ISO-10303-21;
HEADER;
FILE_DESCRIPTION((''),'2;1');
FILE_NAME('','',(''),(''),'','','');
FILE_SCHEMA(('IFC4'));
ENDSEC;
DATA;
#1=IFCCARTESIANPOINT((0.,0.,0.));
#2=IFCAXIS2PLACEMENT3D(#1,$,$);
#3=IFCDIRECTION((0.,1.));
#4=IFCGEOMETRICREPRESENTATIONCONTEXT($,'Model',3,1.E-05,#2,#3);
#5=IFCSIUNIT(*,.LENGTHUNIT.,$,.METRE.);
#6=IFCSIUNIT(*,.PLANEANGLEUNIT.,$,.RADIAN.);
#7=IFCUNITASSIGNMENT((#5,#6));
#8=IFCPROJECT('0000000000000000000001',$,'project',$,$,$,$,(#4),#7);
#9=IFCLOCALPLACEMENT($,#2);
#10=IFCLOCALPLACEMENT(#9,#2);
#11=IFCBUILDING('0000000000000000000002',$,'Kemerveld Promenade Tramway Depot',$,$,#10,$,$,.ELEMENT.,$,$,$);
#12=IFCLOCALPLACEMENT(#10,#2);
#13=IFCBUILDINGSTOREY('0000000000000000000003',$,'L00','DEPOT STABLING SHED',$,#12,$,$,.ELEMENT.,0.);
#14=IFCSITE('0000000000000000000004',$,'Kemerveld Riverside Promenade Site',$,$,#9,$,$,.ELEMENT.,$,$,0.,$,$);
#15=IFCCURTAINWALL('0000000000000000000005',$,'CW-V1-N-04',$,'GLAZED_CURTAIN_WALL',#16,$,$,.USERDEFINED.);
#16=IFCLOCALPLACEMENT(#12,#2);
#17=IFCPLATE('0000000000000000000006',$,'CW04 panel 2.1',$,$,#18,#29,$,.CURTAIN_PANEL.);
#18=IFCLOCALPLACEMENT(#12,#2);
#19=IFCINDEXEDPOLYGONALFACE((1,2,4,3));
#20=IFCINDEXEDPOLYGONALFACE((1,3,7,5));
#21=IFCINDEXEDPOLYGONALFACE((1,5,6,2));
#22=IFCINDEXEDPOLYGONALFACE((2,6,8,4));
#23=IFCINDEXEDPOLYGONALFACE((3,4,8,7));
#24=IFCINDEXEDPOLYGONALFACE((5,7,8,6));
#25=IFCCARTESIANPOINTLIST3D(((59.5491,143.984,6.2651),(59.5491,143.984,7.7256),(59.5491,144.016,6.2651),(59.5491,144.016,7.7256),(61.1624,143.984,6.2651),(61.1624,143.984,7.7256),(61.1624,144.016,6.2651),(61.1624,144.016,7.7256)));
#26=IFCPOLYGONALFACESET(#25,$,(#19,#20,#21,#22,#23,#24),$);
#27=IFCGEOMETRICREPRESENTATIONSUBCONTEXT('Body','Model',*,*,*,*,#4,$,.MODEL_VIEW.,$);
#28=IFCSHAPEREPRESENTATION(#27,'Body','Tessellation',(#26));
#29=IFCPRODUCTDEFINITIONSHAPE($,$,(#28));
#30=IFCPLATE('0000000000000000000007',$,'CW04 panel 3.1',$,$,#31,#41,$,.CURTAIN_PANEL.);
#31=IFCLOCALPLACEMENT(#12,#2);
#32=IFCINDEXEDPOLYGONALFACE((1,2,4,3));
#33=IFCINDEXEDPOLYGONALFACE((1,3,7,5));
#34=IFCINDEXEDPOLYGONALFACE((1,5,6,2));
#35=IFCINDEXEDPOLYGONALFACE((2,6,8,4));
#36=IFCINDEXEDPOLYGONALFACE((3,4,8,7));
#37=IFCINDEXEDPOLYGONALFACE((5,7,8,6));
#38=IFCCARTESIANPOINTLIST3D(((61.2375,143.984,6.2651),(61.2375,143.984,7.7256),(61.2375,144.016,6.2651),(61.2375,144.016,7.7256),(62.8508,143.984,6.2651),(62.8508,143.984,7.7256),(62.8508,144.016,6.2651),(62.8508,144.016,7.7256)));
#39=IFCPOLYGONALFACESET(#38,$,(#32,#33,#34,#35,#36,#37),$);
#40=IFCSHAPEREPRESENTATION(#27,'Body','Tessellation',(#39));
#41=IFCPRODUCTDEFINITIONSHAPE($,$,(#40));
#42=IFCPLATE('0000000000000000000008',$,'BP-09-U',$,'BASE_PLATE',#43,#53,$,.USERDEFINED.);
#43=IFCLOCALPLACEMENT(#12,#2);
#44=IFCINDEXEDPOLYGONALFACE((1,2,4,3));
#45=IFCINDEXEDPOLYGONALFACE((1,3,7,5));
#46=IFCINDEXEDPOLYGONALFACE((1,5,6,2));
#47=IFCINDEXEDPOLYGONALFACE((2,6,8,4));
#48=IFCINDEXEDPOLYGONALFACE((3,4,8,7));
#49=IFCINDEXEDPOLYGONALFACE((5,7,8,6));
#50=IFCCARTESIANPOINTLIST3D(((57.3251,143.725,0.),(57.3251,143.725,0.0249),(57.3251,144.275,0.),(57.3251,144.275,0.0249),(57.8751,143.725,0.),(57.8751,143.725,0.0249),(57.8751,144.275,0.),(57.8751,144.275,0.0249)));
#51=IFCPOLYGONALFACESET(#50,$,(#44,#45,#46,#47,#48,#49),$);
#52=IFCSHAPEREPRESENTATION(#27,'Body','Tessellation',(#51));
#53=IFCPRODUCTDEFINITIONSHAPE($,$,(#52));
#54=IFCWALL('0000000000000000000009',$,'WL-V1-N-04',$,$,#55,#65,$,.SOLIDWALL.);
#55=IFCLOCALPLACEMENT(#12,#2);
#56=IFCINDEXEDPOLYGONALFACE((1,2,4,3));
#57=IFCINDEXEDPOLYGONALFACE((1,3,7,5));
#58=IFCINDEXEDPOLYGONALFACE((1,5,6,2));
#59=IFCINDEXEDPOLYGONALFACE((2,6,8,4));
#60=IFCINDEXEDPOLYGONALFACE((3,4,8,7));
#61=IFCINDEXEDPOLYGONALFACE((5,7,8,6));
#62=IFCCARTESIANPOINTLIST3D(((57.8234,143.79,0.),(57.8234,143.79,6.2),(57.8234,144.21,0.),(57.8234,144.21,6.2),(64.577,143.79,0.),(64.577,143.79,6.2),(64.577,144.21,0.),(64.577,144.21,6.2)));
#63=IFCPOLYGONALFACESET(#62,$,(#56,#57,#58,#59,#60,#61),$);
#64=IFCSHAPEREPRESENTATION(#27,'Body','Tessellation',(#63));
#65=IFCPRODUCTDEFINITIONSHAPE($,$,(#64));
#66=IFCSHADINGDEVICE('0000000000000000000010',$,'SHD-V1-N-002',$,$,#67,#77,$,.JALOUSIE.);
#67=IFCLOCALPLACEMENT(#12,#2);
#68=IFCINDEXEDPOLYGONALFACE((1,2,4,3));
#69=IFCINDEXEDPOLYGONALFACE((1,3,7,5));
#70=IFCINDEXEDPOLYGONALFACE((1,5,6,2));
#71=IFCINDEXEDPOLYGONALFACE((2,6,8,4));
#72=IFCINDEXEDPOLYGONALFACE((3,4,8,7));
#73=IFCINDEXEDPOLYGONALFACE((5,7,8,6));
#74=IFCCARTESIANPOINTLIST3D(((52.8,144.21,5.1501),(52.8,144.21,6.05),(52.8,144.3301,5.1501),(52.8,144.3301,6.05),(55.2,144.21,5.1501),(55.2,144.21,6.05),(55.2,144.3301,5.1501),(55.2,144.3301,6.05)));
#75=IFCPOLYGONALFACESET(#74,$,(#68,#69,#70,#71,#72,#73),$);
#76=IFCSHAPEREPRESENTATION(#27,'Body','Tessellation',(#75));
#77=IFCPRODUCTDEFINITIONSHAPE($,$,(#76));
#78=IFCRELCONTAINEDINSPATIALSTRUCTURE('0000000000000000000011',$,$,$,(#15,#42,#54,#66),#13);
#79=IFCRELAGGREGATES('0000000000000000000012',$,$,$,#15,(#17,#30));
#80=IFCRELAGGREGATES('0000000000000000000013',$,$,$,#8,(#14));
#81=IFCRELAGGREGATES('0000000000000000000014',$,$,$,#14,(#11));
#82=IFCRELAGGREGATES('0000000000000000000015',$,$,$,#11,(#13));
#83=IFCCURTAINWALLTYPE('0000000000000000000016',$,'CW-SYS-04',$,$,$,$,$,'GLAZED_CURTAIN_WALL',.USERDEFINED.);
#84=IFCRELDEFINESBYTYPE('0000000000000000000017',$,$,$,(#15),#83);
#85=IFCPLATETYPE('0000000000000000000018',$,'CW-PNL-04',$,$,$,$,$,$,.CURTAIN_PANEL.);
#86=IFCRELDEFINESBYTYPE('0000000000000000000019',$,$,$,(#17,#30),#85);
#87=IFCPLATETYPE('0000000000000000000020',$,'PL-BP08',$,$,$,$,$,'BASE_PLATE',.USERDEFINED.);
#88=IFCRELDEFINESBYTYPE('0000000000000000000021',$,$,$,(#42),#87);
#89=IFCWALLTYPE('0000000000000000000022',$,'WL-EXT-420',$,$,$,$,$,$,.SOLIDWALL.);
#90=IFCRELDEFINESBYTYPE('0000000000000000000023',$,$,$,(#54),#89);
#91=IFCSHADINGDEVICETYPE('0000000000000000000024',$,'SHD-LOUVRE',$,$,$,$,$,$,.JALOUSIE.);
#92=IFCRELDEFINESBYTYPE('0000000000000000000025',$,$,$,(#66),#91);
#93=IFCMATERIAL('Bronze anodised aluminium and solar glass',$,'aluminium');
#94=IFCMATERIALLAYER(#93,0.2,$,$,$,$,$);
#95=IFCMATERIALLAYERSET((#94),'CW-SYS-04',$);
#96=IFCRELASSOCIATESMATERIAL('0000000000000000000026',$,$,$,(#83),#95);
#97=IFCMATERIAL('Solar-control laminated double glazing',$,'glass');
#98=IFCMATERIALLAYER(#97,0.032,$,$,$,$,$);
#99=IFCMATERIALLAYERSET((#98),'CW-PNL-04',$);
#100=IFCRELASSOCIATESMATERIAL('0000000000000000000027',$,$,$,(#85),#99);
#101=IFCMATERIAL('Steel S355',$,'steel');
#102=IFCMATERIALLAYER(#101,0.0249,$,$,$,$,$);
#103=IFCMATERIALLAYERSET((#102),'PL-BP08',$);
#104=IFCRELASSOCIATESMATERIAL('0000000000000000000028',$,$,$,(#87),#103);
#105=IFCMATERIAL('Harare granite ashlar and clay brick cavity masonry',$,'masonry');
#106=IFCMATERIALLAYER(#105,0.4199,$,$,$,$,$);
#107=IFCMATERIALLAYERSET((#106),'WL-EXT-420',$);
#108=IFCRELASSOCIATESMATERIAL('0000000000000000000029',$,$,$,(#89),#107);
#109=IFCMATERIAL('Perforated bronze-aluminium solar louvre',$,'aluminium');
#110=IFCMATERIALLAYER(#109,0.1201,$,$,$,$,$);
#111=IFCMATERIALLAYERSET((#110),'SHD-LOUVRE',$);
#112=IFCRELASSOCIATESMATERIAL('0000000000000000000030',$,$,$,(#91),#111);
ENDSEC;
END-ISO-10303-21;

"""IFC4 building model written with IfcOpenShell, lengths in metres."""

from ifc_helpers import new_model, si_unit, direction, frame, frame_2d, origin, origin_2d, place, context, subcontext, project, spatial, rectangle, extrude, material, layer, layer_set, type_object, element, aggregate, save


model = new_model("IFC4")

# Units and contexts
model_context = context("Model", 3, precision=1e-05, world=origin(), true_north=direction((0.0, 1.0)))
body_context = subcontext(model_context, "Body", "Model", "MODEL_VIEW")
ifc_project = project(units=[si_unit("LENGTHUNIT", "METRE"), si_unit("PLANEANGLEUNIT", "RADIAN")], contexts=[model_context])

# Site, building, storey
site_placement = place(None, origin())
site = spatial("IfcSite", under=ifc_project, at=site_placement, Name="Kemerveld Riverside Promenade Site", CompositionType="ELEMENT", RefElevation=0.0)
building_placement = place(site_placement, origin())
building = spatial("IfcBuilding", under=site, at=building_placement, Name="Kemerveld Promenade Tramway Depot", CompositionType="ELEMENT")
storey_placement = place(building_placement, origin())
storey = spatial("IfcBuildingStorey", under=building, at=storey_placement, Name="L00", Description="DEPOT STABLING SHED", CompositionType="ELEMENT", Elevation=0.0)

# Shared definitions
ifc_material_1 = material(Name="Steel S355", Category="steel")

# Curtain wall
ifc_material_2 = material(Name="Bronze anodised aluminium and solar glass", Category="aluminium")
ifc_layer_1 = layer(ifc_material_2, 0.2)
ifc_layer_set_1 = layer_set([ifc_layer_1], Name="CW-SYS-04")
curtain_wall_type_1 = type_object("IfcCurtainWallType", Name="CW-SYS-04", ElementType="GLAZED_CURTAIN_WALL", PredefinedType="USERDEFINED", material=ifc_layer_set_1)
curtain_wall_1_placement = place(storey_placement, origin())
curtain_wall_1 = element("IfcCurtainWall", 1, at=curtain_wall_1_placement, inside=storey, type_object=curtain_wall_type_1, Name="CW-V1-N-04", ObjectType="GLAZED_CURTAIN_WALL", PredefinedType="USERDEFINED")

# Plates
ifc_material_3 = material(Name="Solar-control laminated double glazing", Category="glass")
ifc_layer_2 = layer(ifc_material_3, 0.032)
ifc_layer_set_2 = layer_set([ifc_layer_2], Name="CW-PNL-04")
plate_type_1 = type_object("IfcPlateType", Name="CW-PNL-04", PredefinedType="CURTAIN_PANEL", material=ifc_layer_set_2)
plate_1_placement = place(storey_placement, frame((60.3557, 144.0, 6.2651), z_axis=(0.0, 0.0, 1.0), x_axis=(1.0, 0.0, 0.0)))
plate_1 = element("IfcPlate", 2, at=plate_1_placement, type_object=plate_type_1, Name="CW04 panel 2.1", PredefinedType="CURTAIN_PANEL", context=body_context, shape_type="SweptSolid", body=[
    extrude(rectangle(XDim=1.6133, YDim=0.032, at=origin_2d()), origin(), (0.0, 0.0, 1.0), 1.4604),
])
plate_2_placement = place(storey_placement, frame((62.0442, 144.0, 6.2651), z_axis=(0.0, 0.0, 1.0), x_axis=(1.0, 0.0, 0.0)))
plate_2 = element("IfcPlate", 3, at=plate_2_placement, type_object=plate_type_1, Name="CW04 panel 3.1", PredefinedType="CURTAIN_PANEL", context=body_context, shape_type="SweptSolid", body=[
    extrude(rectangle(XDim=1.6133, YDim=0.032, at=origin_2d()), origin(), (0.0, 0.0, 1.0), 1.4604),
])
aggregate(curtain_wall_1, [plate_1, plate_2])
ifc_layer_3 = layer(ifc_material_1, 0.0249)
ifc_layer_set_3 = layer_set([ifc_layer_3], Name="PL-BP08")
plate_type_2 = type_object("IfcPlateType", Name="PL-BP08", ElementType="BASE_PLATE", PredefinedType="USERDEFINED", material=ifc_layer_set_3)
plate_3_placement = place(storey_placement, frame((57.6001, 144.0, 0.0), z_axis=(0.0, 0.0, 1.0), x_axis=(1.0, 0.0, 0.0)))
element("IfcPlate", 4, at=plate_3_placement, inside=storey, type_object=plate_type_2, Name="BP-09-U", ObjectType="BASE_PLATE", PredefinedType="USERDEFINED", context=body_context, shape_type="SweptSolid", body=[
    extrude(rectangle(XDim=0.55, YDim=0.55, at=origin_2d()), origin(), (0.0, 0.0, 1.0), 0.0249),
])

# Wall
ifc_material_4 = material(Name="Harare granite ashlar and clay brick cavity masonry", Category="masonry")
ifc_layer_4 = layer(ifc_material_4, 0.4199)
ifc_layer_set_4 = layer_set([ifc_layer_4], Name="WL-EXT-420")
wall_type = type_object("IfcWallType", Name="WL-EXT-420", PredefinedType="SOLIDWALL", material=ifc_layer_set_4)
wall_placement = place(storey_placement, frame((57.8232, 144.0, 0.0), z_axis=(0.0, 0.0, 1.0), x_axis=(1.0, 0.0, 0.0)))
element("IfcWall", 5, at=wall_placement, inside=storey, type_object=wall_type, Name="WL-V1-N-04", PredefinedType="SOLIDWALL", context=body_context, shape_type="SweptSolid", body=[
    extrude(rectangle(XDim=6.7537, YDim=0.4199, at=frame_2d((3.377, 0.0))), origin(), (0.0, 0.0, 1.0), 6.2),
])

# Shading device
ifc_material_5 = material(Name="Perforated bronze-aluminium solar louvre", Category="aluminium")
ifc_layer_5 = layer(ifc_material_5, 0.1201)
ifc_layer_set_5 = layer_set([ifc_layer_5], Name="SHD-LOUVRE")
shading_device_type = type_object("IfcShadingDeviceType", Name="SHD-LOUVRE", PredefinedType="JALOUSIE", material=ifc_layer_set_5)
shading_device_placement = place(storey_placement, frame((54.0, 144.27, 5.1501), z_axis=(0.0, 0.0, 1.0), x_axis=(1.0, 0.0, 0.0)))
element("IfcShadingDevice", 6, at=shading_device_placement, inside=storey, type_object=shading_device_type, Name="SHD-V1-N-002", PredefinedType="JALOUSIE", context=body_context, shape_type="SweptSolid", body=[
    extrude(rectangle(XDim=2.3999, YDim=0.1201, at=origin_2d()), origin(), (0.0, 0.0, 1.0), 0.8999),
])

save(model, "model.ifc")
